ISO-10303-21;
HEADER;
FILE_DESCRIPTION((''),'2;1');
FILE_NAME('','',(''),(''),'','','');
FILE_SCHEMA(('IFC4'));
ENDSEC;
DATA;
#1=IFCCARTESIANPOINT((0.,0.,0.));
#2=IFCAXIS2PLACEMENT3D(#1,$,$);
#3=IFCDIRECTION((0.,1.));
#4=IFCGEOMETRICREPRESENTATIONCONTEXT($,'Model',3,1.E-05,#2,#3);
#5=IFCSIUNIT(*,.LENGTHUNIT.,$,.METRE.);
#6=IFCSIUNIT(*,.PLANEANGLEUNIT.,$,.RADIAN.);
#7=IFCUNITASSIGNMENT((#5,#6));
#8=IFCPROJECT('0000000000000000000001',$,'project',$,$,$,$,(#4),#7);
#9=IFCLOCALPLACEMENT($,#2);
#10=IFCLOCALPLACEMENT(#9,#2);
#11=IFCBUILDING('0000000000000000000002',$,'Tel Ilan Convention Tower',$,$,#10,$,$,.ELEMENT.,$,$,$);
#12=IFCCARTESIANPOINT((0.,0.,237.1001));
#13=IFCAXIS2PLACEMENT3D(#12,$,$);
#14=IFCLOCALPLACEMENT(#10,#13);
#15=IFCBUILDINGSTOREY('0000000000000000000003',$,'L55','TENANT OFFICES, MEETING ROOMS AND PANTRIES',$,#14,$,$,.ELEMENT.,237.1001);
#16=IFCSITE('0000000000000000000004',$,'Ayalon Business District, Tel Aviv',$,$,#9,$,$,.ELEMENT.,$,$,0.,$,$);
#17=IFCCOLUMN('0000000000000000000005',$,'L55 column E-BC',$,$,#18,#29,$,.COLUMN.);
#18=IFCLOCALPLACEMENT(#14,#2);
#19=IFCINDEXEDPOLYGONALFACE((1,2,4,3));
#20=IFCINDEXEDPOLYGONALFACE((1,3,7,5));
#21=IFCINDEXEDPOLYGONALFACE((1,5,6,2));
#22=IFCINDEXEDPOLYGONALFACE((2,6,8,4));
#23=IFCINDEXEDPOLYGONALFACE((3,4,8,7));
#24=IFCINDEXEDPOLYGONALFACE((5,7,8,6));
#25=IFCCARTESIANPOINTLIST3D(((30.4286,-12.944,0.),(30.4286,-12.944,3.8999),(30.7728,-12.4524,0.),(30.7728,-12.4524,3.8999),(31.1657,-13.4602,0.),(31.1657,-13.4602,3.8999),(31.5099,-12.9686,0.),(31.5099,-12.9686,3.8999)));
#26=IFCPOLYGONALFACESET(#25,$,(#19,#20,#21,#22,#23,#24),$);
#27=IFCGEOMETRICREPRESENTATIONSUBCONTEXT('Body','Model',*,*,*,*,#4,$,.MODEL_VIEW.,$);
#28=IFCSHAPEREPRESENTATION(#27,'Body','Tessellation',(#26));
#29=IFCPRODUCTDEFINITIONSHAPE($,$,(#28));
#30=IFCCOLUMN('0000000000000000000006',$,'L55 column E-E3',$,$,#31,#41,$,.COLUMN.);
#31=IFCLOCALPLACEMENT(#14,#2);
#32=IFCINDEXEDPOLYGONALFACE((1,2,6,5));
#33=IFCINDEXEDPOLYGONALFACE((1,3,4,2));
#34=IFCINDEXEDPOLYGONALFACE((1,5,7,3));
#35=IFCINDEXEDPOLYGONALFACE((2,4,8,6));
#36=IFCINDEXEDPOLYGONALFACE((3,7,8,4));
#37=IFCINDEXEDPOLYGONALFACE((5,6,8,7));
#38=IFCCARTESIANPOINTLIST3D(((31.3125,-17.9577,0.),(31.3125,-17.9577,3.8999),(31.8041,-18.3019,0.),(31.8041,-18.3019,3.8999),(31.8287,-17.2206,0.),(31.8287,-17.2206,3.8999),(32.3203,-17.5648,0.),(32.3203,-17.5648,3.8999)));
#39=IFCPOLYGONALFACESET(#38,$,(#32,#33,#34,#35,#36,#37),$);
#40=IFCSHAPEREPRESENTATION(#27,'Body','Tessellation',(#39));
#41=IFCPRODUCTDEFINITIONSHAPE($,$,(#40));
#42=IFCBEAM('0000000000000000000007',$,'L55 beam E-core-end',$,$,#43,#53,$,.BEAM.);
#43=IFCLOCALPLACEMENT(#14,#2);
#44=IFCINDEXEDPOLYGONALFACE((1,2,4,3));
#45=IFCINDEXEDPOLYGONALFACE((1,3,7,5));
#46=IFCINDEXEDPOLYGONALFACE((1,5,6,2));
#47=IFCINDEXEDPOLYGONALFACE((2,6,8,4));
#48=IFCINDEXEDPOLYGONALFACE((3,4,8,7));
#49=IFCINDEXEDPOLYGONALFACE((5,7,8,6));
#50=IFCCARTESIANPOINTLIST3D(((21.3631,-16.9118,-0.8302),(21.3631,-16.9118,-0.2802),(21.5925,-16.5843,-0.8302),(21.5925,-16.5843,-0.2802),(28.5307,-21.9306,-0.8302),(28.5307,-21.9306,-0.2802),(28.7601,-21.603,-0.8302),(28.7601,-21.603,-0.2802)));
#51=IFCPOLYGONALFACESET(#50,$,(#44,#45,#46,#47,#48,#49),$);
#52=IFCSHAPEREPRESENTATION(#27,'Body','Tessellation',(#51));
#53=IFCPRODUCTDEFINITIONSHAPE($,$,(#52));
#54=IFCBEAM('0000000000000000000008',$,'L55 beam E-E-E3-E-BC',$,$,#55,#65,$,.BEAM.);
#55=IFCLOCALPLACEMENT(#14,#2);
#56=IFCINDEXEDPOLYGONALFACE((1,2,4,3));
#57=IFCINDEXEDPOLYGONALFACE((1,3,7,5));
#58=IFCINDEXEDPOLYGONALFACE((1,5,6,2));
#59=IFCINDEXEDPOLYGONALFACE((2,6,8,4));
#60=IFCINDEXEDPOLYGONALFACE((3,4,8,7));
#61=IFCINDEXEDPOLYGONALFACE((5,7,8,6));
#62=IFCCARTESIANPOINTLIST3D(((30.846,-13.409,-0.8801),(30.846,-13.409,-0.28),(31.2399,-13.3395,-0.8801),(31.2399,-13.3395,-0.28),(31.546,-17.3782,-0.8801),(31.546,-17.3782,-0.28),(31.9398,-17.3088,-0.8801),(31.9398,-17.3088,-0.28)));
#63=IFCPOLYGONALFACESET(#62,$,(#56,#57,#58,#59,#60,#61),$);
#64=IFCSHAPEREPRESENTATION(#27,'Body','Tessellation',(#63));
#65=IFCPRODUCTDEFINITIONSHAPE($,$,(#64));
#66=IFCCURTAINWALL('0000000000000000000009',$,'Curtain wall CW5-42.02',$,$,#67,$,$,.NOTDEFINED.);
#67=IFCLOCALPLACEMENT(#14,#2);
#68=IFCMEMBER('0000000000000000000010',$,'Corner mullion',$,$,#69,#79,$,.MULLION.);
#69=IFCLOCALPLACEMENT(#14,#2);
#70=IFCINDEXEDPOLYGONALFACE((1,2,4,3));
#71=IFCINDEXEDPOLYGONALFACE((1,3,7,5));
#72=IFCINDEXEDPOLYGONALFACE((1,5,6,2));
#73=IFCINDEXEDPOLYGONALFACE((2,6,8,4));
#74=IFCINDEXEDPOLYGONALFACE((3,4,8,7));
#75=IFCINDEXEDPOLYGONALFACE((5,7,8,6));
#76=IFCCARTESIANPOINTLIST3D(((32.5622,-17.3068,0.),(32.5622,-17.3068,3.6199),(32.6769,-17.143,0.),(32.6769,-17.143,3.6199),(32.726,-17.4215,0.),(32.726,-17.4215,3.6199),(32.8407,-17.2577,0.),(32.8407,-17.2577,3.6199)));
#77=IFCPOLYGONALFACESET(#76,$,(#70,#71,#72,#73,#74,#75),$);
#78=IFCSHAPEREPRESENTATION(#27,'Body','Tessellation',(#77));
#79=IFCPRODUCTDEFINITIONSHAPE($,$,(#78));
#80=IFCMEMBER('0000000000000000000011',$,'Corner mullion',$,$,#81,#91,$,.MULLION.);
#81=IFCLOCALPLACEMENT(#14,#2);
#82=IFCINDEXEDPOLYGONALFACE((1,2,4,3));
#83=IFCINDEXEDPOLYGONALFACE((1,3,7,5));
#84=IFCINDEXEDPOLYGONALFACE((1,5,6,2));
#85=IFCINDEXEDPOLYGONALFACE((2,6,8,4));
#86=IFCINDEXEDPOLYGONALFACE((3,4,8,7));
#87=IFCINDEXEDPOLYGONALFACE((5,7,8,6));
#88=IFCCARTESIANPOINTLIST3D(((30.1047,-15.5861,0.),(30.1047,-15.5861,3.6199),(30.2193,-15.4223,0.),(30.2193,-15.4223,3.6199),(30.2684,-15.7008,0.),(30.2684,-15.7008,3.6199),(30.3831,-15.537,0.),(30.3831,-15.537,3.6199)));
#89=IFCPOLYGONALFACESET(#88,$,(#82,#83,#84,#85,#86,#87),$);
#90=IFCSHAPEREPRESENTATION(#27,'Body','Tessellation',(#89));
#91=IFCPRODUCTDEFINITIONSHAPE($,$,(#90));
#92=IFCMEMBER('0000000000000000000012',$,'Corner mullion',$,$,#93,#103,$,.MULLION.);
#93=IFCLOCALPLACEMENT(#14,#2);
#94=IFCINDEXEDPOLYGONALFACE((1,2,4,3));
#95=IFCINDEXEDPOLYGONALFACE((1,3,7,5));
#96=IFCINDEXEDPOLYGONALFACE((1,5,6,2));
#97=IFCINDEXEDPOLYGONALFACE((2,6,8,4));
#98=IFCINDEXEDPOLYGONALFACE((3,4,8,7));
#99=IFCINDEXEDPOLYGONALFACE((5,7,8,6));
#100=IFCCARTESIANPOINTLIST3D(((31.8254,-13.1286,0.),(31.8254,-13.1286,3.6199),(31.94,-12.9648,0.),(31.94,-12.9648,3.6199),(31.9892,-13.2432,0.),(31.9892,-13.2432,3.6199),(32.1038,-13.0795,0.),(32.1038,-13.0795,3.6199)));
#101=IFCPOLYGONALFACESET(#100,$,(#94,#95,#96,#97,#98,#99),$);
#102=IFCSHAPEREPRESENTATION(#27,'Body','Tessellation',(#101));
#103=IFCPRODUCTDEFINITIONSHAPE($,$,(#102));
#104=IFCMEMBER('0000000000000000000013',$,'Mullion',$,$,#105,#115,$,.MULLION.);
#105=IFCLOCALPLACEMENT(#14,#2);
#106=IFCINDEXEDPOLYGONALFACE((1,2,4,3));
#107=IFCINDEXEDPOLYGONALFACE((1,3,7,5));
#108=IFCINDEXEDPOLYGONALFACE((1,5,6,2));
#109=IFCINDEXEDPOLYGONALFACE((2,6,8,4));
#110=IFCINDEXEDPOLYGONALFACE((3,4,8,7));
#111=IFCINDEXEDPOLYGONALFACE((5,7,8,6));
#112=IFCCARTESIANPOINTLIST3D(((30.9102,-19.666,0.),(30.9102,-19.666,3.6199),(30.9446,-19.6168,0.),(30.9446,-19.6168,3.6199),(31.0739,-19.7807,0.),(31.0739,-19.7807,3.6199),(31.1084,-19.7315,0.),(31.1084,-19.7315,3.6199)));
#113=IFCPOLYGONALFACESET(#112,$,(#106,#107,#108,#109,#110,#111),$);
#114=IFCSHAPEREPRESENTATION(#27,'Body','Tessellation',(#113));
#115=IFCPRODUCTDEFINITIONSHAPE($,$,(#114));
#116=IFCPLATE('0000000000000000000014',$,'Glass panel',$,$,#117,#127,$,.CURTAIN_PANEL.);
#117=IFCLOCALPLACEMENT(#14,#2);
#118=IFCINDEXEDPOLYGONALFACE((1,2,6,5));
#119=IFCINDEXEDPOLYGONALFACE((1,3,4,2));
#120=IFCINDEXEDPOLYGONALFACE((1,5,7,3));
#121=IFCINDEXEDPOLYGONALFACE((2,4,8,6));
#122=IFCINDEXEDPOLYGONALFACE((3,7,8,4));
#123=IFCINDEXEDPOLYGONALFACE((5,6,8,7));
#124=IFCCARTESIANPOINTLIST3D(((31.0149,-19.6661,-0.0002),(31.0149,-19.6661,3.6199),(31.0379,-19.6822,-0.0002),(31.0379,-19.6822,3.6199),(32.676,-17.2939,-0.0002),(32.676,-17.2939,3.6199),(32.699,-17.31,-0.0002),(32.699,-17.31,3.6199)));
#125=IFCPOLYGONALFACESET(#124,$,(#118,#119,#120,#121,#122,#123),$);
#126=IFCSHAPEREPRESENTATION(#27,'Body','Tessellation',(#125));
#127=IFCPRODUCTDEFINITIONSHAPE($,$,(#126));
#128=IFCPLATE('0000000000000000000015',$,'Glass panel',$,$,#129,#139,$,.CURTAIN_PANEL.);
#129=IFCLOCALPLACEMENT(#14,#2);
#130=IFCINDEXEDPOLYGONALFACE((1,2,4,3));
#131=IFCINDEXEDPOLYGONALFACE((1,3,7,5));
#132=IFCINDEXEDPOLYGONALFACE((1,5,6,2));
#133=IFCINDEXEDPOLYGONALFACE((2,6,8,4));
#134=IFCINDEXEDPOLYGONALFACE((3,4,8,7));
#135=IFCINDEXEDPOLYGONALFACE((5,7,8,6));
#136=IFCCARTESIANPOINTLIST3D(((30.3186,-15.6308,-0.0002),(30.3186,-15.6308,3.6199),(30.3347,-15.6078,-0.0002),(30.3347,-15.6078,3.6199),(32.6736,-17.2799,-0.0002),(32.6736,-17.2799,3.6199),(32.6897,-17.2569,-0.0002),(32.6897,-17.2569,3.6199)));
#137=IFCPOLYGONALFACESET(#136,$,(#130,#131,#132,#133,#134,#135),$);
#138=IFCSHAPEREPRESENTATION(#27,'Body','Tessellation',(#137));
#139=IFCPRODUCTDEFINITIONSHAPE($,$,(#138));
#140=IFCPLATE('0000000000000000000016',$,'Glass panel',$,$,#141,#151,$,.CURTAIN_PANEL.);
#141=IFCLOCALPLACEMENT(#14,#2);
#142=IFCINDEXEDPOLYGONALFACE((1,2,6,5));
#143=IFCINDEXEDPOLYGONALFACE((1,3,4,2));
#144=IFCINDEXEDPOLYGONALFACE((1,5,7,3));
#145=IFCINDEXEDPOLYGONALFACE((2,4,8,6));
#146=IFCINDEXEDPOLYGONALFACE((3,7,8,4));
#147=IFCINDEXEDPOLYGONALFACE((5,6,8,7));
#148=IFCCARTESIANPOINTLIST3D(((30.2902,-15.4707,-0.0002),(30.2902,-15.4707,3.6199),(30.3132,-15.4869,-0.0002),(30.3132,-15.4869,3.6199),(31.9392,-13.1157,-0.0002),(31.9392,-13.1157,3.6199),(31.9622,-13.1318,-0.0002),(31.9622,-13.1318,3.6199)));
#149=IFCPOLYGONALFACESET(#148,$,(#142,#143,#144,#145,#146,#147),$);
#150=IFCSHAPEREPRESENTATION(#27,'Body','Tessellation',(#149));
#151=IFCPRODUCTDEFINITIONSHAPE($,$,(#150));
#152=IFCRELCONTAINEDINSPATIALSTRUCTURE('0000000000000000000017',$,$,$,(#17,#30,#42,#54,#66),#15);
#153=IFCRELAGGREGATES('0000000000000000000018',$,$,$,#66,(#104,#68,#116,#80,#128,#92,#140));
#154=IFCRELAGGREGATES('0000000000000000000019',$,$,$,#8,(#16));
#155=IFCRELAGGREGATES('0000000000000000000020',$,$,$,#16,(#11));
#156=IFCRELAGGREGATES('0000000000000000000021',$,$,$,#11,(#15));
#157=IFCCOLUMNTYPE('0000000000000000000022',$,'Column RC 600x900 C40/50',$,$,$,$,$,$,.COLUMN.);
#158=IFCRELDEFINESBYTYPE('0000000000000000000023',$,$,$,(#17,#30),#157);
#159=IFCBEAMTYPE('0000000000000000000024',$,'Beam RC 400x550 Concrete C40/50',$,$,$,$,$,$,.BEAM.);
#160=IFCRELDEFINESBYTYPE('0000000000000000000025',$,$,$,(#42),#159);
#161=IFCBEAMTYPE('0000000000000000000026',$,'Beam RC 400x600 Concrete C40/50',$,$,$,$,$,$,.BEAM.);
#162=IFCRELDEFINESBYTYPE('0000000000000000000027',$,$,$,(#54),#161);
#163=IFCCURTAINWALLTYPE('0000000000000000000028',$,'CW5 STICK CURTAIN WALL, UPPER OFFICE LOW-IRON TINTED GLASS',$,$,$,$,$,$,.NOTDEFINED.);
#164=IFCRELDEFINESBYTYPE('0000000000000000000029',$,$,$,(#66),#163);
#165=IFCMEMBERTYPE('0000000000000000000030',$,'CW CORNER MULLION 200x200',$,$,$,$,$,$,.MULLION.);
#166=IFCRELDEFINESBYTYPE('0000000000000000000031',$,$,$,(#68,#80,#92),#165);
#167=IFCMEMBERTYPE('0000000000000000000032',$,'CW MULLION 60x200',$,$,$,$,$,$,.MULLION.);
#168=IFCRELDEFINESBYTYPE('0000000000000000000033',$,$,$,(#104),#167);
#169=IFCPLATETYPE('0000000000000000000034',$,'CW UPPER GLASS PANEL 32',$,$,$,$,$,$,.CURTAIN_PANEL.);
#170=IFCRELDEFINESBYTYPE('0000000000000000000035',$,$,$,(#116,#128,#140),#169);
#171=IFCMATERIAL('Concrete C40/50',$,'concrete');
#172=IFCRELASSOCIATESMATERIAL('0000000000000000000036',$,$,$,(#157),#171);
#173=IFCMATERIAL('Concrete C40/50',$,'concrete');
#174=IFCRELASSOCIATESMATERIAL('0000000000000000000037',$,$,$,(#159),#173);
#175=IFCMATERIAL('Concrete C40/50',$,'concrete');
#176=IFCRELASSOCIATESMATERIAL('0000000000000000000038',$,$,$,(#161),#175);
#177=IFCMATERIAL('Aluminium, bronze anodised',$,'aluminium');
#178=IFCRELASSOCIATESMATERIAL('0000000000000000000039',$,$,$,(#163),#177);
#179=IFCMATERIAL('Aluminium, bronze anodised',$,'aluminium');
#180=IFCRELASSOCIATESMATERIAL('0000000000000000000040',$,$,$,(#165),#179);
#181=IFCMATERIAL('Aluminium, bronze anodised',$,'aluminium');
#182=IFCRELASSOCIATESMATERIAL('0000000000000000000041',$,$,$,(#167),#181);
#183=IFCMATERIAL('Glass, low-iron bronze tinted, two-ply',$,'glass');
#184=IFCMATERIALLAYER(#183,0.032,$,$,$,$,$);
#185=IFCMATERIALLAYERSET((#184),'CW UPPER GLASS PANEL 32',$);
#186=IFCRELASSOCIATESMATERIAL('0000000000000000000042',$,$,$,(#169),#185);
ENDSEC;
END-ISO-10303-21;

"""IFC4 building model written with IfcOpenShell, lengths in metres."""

from ifc_helpers import new_model, si_unit, direction, frame, origin, origin_2d, place, context, subcontext, project, spatial, rectangle, extrude, material, layer, layer_set, material_profile, profile_set, type_object, element, aggregate, save


model = new_model("IFC4")

# Units and contexts
model_context = context("Model", 3, precision=1e-05, world=origin(), true_north=direction((0.0, 1.0)))
body_context = subcontext(model_context, "Body", "Model", "MODEL_VIEW")
ifc_project = project(units=[si_unit("LENGTHUNIT", "METRE"), si_unit("PLANEANGLEUNIT", "RADIAN")], contexts=[model_context])

# Site, building, storey
site_placement = place(None, origin())
site = spatial("IfcSite", under=ifc_project, at=site_placement, Name="Ayalon Business District, Tel Aviv", CompositionType="ELEMENT", RefElevation=0.0)
building_placement = place(site_placement, origin())
building = spatial("IfcBuilding", under=site, at=building_placement, Name="Tel Ilan Convention Tower", CompositionType="ELEMENT")
storey_placement = place(building_placement, frame((0.0, 0.0, 237.1001)))
storey = spatial("IfcBuildingStorey", under=building, at=storey_placement, Name="L55", Description="TENANT OFFICES, MEETING ROOMS AND PANTRIES", CompositionType="ELEMENT", Elevation=237.1001)

# Columns
ifc_material_1 = material(Name="Concrete C40/50", Category="concrete")
ifc_material_profile_1 = material_profile(ifc_material_1, rectangle(XDim=0.8999, YDim=0.6001, at=origin_2d()), Name="RC 600x900")
ifc_profile_set_1 = profile_set([ifc_material_profile_1], Name="Concrete C40/50")
column_type = type_object("IfcColumnType", Name="Column RC 600x900 C40/50", PredefinedType="COLUMN", material=ifc_profile_set_1)
for number, where, z_axis, x_axis, name in (
    (1, (30.9692, -12.9563, 0.0), (0.0, 0.0, 1.0), (0.819152, -0.573576, 0.0), "L55 column E-BC"),
    (2, (31.8164, -17.7612, 0.0), (0.0, 0.0, 1.0), (0.573576, 0.819152, 0.0), "L55 column E-E3"),
):
    element("IfcColumn", number, at=place(storey_placement, frame(where, z_axis=z_axis, x_axis=x_axis)), inside=storey, type_object=column_type, Name=name, PredefinedType="COLUMN", context=body_context, shape_type="SweptSolid", body=[
        extrude(rectangle(XDim=0.8999, YDim=0.6001, at=origin_2d()), origin(), (0.0, 0.0, 1.0), 3.8999),
    ])

# Beams
ifc_material_2 = material(Name="Concrete C40/50", Category="concrete")
ifc_material_profile_2 = material_profile(ifc_material_2, rectangle(XDim=0.3999, YDim=0.55, at=origin_2d()), Name="RC 400x550")
ifc_profile_set_2 = profile_set([ifc_material_profile_2], Name="Concrete C40/50")
beam_type_1 = type_object("IfcBeamType", Name="Beam RC 400x550 Concrete C40/50", PredefinedType="BEAM", material=ifc_profile_set_2)
beam_1_placement = place(storey_placement, frame((21.4778, -16.748, -0.5552), z_axis=(0.819157, -0.573569, 0.0), x_axis=(0.573569, 0.819157, 0.0)))
element("IfcBeam", 3, at=beam_1_placement, inside=storey, type_object=beam_type_1, Name="L55 beam E-core-end", PredefinedType="BEAM", context=body_context, shape_type="SweptSolid", body=[
    extrude(rectangle(XDim=0.3999, YDim=0.55, at=origin_2d()), origin(), (0.0, 0.0, 1.0), 8.75),
])
ifc_material_3 = material(Name="Concrete C40/50", Category="concrete")
ifc_material_profile_3 = material_profile(ifc_material_3, rectangle(XDim=0.3999, YDim=0.6001, at=origin_2d()), Name="RC 400x600")
ifc_profile_set_3 = profile_set([ifc_material_profile_3], Name="Concrete C40/50")
beam_type_2 = type_object("IfcBeamType", Name="Beam RC 400x600 Concrete C40/50", PredefinedType="BEAM", material=ifc_profile_set_3)
beam_2_placement = place(storey_placement, frame((31.7429, -17.3435, -0.5801), z_axis=(-0.173664, 0.984805, 0.0), x_axis=(-0.984805, -0.173664, 0.0)))
element("IfcBeam", 4, at=beam_2_placement, inside=storey, type_object=beam_type_2, Name="L55 beam E-E-E3-E-BC", PredefinedType="BEAM", context=body_context, shape_type="SweptSolid", body=[
    extrude(rectangle(XDim=0.3999, YDim=0.6001, at=origin_2d()), origin(), (0.0, 0.0, 1.0), 4.0305),
])

# Curtain wall, members, plates
ifc_material_4 = material(Name="Aluminium, bronze anodised", Category="aluminium")
curtain_wall_type = type_object("IfcCurtainWallType", Name="CW5 STICK CURTAIN WALL, UPPER OFFICE LOW-IRON TINTED GLASS", PredefinedType="NOTDEFINED", material=ifc_material_4)
curtain_wall_placement = place(storey_placement, origin())
curtain_wall = element("IfcCurtainWall", 5, at=curtain_wall_placement, inside=storey, type_object=curtain_wall_type, Name="Curtain wall CW5-42.02", PredefinedType="NOTDEFINED")
ifc_material_5 = material(Name="Aluminium, bronze anodised", Category="aluminium")
ifc_material_profile_4 = material_profile(ifc_material_5, rectangle(XDim=0.2, YDim=0.2, at=origin_2d()), Name="CW CORNER MULLION 200x200")
ifc_profile_set_4 = profile_set([ifc_material_profile_4], Name="Aluminium, bronze anodised")
member_type_1 = type_object("IfcMemberType", Name="CW CORNER MULLION 200x200", PredefinedType="MULLION", material=ifc_profile_set_4)
member_1_placement = place(storey_placement, frame((32.7014, -17.2822, 0.0), z_axis=(0.0, 0.0, 1.0), x_axis=(0.573576, 0.819152, 0.0)))
member_1 = element("IfcMember", 6, at=member_1_placement, type_object=member_type_1, Name="Corner mullion", PredefinedType="MULLION", context=body_context, shape_type="SweptSolid", body=[
    extrude(rectangle(XDim=0.2, YDim=0.2, at=origin_2d()), origin(), (0.0, 0.0, 1.0), 3.6199),
])
member_2_placement = place(storey_placement, frame((30.2439, -15.5615, 0.0), z_axis=(0.0, 0.0, 1.0), x_axis=(-0.819152, 0.573576, 0.0)))
member_2 = element("IfcMember", 7, at=member_2_placement, type_object=member_type_1, Name="Corner mullion", PredefinedType="MULLION", context=body_context, shape_type="SweptSolid", body=[
    extrude(rectangle(XDim=0.2, YDim=0.2, at=origin_2d()), origin(), (0.0, 0.0, 1.0), 3.6199),
])
member_3_placement = place(storey_placement, frame((31.9646, -13.104, 0.0), z_axis=(0.0, 0.0, 1.0), x_axis=(0.573576, 0.819152, 0.0)))
member_3 = element("IfcMember", 8, at=member_3_placement, type_object=member_type_1, Name="Corner mullion", PredefinedType="MULLION", context=body_context, shape_type="SweptSolid", body=[
    extrude(rectangle(XDim=0.2, YDim=0.2, at=origin_2d()), origin(), (0.0, 0.0, 1.0), 3.6199),
])
ifc_material_6 = material(Name="Aluminium, bronze anodised", Category="aluminium")
ifc_material_profile_5 = material_profile(ifc_material_6, rectangle(XDim=0.0601, YDim=0.2, at=origin_2d()), Name="CW MULLION 60x200")
ifc_profile_set_5 = profile_set([ifc_material_profile_5], Name="Aluminium, bronze anodised")
member_type_2 = type_object("IfcMemberType", Name="CW MULLION 60x200", PredefinedType="MULLION", material=ifc_profile_set_5)
member_4_placement = place(storey_placement, frame((31.0093, -19.6987, 0.0), z_axis=(0.0, 0.0, 1.0), x_axis=(0.573576, 0.819152, 0.0)))
member_4 = element("IfcMember", 9, at=member_4_placement, type_object=member_type_2, Name="Mullion", PredefinedType="MULLION", context=body_context, shape_type="SweptSolid", body=[
    extrude(rectangle(XDim=0.0601, YDim=0.2, at=origin_2d()), origin(), (0.0, 0.0, 1.0), 3.6199),
])
ifc_material_7 = material(Name="Glass, low-iron bronze tinted, two-ply", Category="glass")
ifc_layer_1 = layer(ifc_material_7, 0.032)
ifc_layer_set_1 = layer_set([ifc_layer_1], Name="CW UPPER GLASS PANEL 32")
plate_type = type_object("IfcPlateType", Name="CW UPPER GLASS PANEL 32", PredefinedType="CURTAIN_PANEL", material=ifc_layer_set_1)
plate_1_placement = place(storey_placement, frame((31.8569, -18.488, -0.0002), z_axis=(0.0, 0.0, 1.0), x_axis=(0.573576, 0.819152, 0.0)))
plate_1 = element("IfcPlate", 10, at=plate_1_placement, type_object=plate_type, Name="Glass panel", PredefinedType="CURTAIN_PANEL", context=body_context, shape_type="SweptSolid", body=[
    extrude(rectangle(XDim=2.896, YDim=0.0281, at=origin_2d()), origin(), (0.0, 0.0, 1.0), 3.6201),
])
plate_2_placement = place(storey_placement, frame((31.5042, -16.4438, -0.0002), z_axis=(0.0, 0.0, 1.0), x_axis=(-0.819152, 0.573576, 0.0)))
plate_2 = element("IfcPlate", 11, at=plate_2_placement, type_object=plate_type, Name="Glass panel", PredefinedType="CURTAIN_PANEL", context=body_context, shape_type="SweptSolid", body=[
    extrude(rectangle(XDim=2.875, YDim=0.0281, at=origin_2d()), origin(), (0.0, 0.0, 1.0), 3.6201),
])
plate_3_placement = place(storey_placement, frame((31.1262, -14.3013, -0.0002), z_axis=(0.0, 0.0, 1.0), x_axis=(0.573576, 0.819152, 0.0)))
plate_3 = element("IfcPlate", 12, at=plate_3_placement, type_object=plate_type, Name="Glass panel", PredefinedType="CURTAIN_PANEL", context=body_context, shape_type="SweptSolid", body=[
    extrude(rectangle(XDim=2.875, YDim=0.0281, at=origin_2d()), origin(), (0.0, 0.0, 1.0), 3.6201),
])
aggregate(curtain_wall, [member_4, member_1, plate_1, member_2, plate_2, member_3, plate_3])

save(model, "model.ifc")
